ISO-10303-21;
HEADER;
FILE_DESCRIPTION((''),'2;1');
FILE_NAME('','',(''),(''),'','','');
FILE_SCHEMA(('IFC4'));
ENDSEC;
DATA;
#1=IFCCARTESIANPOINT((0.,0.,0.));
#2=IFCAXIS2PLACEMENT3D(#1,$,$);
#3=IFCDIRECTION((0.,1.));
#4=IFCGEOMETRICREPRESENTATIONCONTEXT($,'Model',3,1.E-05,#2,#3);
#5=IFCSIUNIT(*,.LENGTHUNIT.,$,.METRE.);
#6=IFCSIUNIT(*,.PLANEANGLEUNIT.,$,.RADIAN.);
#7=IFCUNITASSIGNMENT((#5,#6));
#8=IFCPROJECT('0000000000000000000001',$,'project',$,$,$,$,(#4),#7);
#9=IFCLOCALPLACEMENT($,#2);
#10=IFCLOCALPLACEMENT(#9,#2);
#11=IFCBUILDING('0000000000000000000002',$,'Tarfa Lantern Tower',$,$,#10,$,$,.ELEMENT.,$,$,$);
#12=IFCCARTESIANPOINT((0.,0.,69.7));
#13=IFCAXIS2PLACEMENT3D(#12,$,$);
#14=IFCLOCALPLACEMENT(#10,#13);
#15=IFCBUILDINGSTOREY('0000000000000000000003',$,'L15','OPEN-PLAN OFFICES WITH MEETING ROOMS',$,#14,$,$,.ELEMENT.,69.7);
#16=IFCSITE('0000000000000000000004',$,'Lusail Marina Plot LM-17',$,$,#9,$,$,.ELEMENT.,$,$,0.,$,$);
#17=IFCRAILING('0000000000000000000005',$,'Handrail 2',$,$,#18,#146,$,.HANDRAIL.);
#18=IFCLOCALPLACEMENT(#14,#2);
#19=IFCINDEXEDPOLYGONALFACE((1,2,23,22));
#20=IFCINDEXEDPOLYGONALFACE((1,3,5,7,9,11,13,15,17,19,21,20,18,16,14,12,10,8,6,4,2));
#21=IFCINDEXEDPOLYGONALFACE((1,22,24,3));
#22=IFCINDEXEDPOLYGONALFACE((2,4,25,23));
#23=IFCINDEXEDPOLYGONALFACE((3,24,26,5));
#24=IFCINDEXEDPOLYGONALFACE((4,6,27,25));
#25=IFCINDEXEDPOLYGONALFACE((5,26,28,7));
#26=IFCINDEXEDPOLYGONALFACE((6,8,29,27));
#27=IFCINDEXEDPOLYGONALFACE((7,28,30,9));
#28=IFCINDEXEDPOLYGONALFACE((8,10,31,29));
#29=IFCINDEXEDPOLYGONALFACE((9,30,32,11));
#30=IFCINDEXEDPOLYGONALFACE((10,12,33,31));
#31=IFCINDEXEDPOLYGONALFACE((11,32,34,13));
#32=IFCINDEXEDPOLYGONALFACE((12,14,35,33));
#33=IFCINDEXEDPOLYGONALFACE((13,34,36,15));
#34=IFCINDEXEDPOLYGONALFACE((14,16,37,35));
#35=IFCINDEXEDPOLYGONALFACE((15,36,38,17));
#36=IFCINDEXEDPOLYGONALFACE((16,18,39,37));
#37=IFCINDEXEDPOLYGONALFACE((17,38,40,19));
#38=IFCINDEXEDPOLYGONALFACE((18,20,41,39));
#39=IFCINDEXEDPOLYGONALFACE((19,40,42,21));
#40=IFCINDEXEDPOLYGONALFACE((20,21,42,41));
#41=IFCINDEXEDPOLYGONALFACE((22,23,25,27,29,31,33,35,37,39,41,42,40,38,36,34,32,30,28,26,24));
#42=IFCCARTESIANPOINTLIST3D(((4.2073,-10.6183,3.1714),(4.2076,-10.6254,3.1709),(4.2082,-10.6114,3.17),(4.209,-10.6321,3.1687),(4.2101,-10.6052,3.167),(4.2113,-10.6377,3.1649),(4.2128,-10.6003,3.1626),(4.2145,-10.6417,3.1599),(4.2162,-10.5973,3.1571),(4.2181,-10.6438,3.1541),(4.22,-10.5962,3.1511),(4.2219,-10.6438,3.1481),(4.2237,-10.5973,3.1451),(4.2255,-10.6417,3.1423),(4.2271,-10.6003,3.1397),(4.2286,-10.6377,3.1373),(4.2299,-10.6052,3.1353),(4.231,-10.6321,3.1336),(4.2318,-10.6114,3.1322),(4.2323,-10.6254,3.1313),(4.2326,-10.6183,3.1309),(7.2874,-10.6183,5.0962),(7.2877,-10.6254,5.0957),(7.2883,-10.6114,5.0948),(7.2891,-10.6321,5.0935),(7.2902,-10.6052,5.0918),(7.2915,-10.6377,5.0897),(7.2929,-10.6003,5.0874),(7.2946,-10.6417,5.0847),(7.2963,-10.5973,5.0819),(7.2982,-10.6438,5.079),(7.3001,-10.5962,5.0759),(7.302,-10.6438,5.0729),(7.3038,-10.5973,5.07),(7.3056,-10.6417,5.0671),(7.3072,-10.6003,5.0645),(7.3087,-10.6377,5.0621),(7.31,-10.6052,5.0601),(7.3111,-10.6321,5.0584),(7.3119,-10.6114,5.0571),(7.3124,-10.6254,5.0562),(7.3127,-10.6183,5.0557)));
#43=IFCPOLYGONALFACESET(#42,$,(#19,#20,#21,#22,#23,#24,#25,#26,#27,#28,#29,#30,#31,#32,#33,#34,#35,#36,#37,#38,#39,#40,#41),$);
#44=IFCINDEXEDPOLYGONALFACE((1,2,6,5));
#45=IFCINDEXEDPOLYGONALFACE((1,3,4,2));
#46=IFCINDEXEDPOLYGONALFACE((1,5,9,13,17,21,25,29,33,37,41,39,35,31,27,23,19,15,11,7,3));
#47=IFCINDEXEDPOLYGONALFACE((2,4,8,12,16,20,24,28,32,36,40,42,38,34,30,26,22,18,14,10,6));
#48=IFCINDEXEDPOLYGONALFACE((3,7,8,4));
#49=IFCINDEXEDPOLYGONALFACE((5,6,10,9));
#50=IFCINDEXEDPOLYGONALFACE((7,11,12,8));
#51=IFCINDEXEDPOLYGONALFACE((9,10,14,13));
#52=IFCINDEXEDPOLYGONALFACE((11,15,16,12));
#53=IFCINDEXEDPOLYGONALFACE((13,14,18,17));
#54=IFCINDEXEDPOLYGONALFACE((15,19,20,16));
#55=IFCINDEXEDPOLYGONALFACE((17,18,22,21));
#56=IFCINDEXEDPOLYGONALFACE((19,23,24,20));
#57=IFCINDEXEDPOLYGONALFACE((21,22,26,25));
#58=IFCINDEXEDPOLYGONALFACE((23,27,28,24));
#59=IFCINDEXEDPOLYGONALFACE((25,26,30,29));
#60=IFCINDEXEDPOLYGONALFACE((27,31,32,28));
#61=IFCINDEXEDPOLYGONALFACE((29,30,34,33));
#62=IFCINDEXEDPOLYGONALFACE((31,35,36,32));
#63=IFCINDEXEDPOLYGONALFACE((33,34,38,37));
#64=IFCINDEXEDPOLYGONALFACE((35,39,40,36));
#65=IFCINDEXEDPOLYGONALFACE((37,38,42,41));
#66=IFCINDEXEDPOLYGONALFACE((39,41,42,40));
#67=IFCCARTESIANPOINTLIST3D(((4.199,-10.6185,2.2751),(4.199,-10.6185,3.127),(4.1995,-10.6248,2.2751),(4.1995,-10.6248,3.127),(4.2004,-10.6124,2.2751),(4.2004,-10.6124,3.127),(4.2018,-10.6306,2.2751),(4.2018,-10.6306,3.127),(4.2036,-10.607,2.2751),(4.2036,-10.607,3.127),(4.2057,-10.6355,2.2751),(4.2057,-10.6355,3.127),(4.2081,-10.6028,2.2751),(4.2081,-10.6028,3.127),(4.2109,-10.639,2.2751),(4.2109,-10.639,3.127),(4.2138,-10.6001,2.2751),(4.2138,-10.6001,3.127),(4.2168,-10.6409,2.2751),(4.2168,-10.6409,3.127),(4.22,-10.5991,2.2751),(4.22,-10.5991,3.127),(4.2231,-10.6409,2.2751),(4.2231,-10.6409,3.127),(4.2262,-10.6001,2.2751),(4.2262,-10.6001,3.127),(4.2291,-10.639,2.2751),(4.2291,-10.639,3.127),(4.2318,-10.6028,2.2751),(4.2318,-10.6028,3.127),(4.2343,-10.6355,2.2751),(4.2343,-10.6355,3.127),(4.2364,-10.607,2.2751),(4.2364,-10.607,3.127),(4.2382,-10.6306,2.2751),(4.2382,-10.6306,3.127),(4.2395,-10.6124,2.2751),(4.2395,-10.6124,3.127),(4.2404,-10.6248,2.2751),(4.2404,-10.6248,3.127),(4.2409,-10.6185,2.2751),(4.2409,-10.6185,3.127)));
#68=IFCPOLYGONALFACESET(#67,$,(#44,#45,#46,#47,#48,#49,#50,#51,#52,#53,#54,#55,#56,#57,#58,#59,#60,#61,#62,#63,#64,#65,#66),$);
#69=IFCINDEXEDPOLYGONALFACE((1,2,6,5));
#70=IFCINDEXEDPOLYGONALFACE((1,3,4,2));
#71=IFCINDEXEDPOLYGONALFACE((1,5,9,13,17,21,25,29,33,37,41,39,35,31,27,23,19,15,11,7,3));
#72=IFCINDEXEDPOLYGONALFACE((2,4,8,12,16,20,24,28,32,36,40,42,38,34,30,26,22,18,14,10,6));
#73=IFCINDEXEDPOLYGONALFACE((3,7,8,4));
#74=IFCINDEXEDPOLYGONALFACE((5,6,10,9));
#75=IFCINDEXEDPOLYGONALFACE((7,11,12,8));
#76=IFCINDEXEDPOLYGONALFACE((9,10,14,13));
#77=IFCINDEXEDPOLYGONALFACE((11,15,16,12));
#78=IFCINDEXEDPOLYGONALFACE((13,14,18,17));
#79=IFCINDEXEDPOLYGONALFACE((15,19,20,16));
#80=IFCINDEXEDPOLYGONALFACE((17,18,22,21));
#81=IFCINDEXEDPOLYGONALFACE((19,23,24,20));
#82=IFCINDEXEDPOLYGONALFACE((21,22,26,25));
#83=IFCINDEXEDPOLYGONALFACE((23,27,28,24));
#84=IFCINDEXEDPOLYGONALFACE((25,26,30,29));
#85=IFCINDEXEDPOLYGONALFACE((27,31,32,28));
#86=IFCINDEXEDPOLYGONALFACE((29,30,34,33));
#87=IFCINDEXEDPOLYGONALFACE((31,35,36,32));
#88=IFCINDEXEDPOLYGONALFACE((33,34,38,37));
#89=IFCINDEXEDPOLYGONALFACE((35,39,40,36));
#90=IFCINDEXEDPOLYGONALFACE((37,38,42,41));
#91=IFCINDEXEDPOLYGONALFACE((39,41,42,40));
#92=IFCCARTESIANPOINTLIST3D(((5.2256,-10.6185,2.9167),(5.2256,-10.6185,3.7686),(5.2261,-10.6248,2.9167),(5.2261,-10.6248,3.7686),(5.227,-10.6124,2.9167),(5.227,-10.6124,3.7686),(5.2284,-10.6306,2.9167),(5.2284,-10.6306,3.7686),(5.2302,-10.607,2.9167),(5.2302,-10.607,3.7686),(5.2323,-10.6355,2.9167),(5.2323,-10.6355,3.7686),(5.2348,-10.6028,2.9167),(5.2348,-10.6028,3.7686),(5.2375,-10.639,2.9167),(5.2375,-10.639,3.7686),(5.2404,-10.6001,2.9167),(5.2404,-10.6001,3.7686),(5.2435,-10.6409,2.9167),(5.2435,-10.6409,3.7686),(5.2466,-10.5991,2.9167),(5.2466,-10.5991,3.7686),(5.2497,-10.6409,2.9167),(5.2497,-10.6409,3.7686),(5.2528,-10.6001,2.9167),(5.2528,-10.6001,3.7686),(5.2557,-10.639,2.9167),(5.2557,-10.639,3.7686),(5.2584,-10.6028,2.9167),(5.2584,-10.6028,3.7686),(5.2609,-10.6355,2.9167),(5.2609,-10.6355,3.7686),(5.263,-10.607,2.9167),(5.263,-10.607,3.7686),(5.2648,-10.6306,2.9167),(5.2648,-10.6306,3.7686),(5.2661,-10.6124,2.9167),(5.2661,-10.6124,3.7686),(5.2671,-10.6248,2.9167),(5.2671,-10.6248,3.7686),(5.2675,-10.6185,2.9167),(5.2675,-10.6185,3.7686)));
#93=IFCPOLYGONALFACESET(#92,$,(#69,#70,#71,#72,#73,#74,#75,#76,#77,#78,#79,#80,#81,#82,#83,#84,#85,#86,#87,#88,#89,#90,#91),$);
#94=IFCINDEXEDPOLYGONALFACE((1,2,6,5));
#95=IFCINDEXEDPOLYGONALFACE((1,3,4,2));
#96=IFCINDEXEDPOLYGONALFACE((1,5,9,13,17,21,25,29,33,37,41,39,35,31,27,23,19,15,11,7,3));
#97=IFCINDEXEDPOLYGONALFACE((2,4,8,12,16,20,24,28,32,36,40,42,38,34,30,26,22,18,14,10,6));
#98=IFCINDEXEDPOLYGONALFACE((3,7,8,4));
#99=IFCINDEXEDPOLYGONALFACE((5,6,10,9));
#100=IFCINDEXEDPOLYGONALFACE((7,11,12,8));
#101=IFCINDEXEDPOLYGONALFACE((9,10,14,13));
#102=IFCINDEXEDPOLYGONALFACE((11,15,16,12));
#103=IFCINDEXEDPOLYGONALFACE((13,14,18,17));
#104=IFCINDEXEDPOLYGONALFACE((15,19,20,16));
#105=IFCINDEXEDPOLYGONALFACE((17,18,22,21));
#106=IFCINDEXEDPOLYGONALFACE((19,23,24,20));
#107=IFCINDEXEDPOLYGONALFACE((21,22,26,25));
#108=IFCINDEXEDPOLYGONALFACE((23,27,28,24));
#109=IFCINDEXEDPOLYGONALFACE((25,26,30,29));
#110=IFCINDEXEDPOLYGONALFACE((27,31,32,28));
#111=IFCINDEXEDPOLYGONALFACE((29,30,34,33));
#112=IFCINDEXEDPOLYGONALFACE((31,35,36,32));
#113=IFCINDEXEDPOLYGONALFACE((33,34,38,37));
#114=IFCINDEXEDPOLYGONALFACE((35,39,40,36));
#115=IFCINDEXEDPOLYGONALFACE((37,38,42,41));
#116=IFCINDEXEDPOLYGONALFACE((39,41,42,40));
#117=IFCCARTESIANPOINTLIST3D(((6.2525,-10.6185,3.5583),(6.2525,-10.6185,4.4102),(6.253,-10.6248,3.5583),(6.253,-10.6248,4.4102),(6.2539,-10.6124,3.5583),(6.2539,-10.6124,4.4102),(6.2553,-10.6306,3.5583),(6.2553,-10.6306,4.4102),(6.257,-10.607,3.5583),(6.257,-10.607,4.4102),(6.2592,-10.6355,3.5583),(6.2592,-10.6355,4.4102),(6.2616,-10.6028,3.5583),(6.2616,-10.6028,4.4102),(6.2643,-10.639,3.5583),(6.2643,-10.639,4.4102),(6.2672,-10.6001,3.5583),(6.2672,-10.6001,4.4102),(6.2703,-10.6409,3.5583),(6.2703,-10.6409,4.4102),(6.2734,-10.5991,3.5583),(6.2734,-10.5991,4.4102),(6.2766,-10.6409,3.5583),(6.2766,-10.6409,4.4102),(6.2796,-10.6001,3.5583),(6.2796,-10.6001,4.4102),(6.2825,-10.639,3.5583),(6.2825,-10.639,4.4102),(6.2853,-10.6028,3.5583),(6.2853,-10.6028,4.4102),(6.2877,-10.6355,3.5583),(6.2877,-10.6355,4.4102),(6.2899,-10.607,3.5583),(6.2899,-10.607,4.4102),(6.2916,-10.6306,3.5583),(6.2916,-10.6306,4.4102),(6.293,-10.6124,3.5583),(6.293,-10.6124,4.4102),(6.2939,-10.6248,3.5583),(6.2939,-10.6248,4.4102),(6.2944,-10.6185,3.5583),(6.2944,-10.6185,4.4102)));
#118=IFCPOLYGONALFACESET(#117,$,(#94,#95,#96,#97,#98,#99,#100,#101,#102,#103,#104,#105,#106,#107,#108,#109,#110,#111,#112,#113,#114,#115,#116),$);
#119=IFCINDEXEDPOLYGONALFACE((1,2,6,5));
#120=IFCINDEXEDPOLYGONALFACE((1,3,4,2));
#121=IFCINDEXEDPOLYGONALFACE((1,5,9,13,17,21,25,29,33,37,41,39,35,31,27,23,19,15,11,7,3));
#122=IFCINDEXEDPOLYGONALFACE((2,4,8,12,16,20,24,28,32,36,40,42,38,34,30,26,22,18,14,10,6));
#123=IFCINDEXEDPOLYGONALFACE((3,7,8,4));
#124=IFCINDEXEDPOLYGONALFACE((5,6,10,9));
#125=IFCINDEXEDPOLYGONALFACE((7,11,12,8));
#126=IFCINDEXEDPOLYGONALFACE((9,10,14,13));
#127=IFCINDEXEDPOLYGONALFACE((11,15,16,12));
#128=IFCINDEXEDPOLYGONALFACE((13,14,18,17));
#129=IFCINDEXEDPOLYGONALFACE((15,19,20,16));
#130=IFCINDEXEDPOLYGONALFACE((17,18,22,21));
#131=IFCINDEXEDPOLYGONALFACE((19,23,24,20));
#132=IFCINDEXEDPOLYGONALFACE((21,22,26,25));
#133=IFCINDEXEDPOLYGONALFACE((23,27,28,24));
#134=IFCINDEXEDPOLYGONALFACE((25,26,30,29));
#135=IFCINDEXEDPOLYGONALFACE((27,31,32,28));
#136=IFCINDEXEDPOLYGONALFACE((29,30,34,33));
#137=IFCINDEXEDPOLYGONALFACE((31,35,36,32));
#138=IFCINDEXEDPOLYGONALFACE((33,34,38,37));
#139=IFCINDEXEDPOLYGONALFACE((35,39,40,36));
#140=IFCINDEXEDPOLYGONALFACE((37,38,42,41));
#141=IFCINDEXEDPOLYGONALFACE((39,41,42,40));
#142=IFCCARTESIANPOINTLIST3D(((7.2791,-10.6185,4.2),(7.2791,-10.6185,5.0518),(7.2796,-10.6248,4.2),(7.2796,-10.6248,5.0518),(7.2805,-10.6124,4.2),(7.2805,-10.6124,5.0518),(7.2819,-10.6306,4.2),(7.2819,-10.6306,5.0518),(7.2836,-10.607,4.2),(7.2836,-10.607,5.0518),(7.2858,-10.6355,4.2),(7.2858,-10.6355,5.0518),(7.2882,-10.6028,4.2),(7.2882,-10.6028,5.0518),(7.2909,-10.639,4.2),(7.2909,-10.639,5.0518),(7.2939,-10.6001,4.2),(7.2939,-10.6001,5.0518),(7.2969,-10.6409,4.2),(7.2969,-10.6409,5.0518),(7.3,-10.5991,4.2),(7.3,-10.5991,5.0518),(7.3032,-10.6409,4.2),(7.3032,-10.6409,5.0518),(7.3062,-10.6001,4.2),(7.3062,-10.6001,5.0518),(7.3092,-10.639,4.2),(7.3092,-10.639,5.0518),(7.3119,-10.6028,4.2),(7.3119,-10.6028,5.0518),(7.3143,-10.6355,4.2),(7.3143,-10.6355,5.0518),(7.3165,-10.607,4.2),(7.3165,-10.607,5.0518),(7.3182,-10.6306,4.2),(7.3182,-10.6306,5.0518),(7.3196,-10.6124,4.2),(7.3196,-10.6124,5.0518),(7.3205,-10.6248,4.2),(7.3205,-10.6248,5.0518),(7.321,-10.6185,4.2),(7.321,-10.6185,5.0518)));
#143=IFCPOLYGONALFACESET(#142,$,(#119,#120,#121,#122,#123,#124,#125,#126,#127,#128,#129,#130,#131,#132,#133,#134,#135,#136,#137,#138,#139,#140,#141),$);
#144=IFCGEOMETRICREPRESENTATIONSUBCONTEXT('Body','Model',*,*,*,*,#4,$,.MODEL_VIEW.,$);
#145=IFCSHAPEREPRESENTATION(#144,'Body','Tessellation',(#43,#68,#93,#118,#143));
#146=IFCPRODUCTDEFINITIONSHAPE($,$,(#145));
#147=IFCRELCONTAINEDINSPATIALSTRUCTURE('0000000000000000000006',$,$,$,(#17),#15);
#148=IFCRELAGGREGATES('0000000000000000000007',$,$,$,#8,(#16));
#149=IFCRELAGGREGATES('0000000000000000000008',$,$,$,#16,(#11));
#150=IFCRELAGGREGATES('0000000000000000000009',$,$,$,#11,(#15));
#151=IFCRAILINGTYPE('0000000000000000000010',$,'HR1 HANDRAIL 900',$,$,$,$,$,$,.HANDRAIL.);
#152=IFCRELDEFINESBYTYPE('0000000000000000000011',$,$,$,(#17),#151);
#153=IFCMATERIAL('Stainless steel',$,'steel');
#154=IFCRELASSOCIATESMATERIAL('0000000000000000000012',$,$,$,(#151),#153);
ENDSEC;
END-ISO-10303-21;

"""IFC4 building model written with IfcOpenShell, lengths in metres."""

from ifc_helpers import new_model, si_unit, direction, frame, origin, origin_2d, place, context, subcontext, project, spatial, circle, extrude, material, type_object, element, save


model = new_model("IFC4")

# Units and contexts
model_context = context("Model", 3, precision=1e-05, world=origin(), true_north=direction((0.0, 1.0)))
body_context = subcontext(model_context, "Body", "Model", "MODEL_VIEW")
ifc_project = project(units=[si_unit("LENGTHUNIT", "METRE"), si_unit("PLANEANGLEUNIT", "RADIAN")], contexts=[model_context])

# Site, building, storey
site_placement = place(None, origin())
site = spatial("IfcSite", under=ifc_project, at=site_placement, Name="Lusail Marina Plot LM-17", CompositionType="ELEMENT", RefElevation=0.0)
building_placement = place(site_placement, origin())
building = spatial("IfcBuilding", under=site, at=building_placement, Name="Tarfa Lantern Tower", CompositionType="ELEMENT")
storey_placement = place(building_placement, frame((0.0, 0.0, 69.7)))
storey = spatial("IfcBuildingStorey", under=building, at=storey_placement, Name="L15", Description="OPEN-PLAN OFFICES WITH MEETING ROOMS", CompositionType="ELEMENT", Elevation=69.7)

# Railing
ifc_material_1 = material(Name="Stainless steel", Category="steel")
railing_type = type_object("IfcRailingType", Name="HR1 HANDRAIL 900", PredefinedType="HANDRAIL", material=ifc_material_1)
railing_1_placement = place(storey_placement, frame((4.22, -10.6201, 2.2751)))
element("IfcRailing", 1, at=railing_1_placement, inside=storey, type_object=railing_type, Name="Handrail 2", PredefinedType="HANDRAIL", context=body_context, shape_type="SweptSolid", body=[
    extrude(circle(Radius=0.0239, at=origin_2d()), frame((0.0, 0.0, 0.876), z_axis=(0.848029, 0.0, 0.529951), x_axis=(0.0, 1.0, 0.0)), (0.0, 0.0, 1.0), 3.6321),
    extrude(circle(Radius=0.021, at=origin_2d()), frame((0.0, 0.0, 0.0), z_axis=(0.0, 0.0, 1.0), x_axis=(0.0, 1.0, 0.0)), (0.0, 0.0, 1.0), 0.8518),
    extrude(circle(Radius=0.021, at=origin_2d()), frame((1.0266, 0.0, 0.6416), z_axis=(0.0, 0.0, 1.0), x_axis=(0.0, 1.0, 0.0)), (0.0, 0.0, 1.0), 0.8518),
    extrude(circle(Radius=0.021, at=origin_2d()), frame((2.0535, 0.0, 1.2832), z_axis=(0.0, 0.0, 1.0), x_axis=(0.0, 1.0, 0.0)), (0.0, 0.0, 1.0), 0.8518),
    extrude(circle(Radius=0.021, at=origin_2d()), frame((3.0801, 0.0, 1.9248), z_axis=(0.0, 0.0, 1.0), x_axis=(0.0, 1.0, 0.0)), (0.0, 0.0, 1.0), 0.8518),
])

save(model, "model.ifc")
